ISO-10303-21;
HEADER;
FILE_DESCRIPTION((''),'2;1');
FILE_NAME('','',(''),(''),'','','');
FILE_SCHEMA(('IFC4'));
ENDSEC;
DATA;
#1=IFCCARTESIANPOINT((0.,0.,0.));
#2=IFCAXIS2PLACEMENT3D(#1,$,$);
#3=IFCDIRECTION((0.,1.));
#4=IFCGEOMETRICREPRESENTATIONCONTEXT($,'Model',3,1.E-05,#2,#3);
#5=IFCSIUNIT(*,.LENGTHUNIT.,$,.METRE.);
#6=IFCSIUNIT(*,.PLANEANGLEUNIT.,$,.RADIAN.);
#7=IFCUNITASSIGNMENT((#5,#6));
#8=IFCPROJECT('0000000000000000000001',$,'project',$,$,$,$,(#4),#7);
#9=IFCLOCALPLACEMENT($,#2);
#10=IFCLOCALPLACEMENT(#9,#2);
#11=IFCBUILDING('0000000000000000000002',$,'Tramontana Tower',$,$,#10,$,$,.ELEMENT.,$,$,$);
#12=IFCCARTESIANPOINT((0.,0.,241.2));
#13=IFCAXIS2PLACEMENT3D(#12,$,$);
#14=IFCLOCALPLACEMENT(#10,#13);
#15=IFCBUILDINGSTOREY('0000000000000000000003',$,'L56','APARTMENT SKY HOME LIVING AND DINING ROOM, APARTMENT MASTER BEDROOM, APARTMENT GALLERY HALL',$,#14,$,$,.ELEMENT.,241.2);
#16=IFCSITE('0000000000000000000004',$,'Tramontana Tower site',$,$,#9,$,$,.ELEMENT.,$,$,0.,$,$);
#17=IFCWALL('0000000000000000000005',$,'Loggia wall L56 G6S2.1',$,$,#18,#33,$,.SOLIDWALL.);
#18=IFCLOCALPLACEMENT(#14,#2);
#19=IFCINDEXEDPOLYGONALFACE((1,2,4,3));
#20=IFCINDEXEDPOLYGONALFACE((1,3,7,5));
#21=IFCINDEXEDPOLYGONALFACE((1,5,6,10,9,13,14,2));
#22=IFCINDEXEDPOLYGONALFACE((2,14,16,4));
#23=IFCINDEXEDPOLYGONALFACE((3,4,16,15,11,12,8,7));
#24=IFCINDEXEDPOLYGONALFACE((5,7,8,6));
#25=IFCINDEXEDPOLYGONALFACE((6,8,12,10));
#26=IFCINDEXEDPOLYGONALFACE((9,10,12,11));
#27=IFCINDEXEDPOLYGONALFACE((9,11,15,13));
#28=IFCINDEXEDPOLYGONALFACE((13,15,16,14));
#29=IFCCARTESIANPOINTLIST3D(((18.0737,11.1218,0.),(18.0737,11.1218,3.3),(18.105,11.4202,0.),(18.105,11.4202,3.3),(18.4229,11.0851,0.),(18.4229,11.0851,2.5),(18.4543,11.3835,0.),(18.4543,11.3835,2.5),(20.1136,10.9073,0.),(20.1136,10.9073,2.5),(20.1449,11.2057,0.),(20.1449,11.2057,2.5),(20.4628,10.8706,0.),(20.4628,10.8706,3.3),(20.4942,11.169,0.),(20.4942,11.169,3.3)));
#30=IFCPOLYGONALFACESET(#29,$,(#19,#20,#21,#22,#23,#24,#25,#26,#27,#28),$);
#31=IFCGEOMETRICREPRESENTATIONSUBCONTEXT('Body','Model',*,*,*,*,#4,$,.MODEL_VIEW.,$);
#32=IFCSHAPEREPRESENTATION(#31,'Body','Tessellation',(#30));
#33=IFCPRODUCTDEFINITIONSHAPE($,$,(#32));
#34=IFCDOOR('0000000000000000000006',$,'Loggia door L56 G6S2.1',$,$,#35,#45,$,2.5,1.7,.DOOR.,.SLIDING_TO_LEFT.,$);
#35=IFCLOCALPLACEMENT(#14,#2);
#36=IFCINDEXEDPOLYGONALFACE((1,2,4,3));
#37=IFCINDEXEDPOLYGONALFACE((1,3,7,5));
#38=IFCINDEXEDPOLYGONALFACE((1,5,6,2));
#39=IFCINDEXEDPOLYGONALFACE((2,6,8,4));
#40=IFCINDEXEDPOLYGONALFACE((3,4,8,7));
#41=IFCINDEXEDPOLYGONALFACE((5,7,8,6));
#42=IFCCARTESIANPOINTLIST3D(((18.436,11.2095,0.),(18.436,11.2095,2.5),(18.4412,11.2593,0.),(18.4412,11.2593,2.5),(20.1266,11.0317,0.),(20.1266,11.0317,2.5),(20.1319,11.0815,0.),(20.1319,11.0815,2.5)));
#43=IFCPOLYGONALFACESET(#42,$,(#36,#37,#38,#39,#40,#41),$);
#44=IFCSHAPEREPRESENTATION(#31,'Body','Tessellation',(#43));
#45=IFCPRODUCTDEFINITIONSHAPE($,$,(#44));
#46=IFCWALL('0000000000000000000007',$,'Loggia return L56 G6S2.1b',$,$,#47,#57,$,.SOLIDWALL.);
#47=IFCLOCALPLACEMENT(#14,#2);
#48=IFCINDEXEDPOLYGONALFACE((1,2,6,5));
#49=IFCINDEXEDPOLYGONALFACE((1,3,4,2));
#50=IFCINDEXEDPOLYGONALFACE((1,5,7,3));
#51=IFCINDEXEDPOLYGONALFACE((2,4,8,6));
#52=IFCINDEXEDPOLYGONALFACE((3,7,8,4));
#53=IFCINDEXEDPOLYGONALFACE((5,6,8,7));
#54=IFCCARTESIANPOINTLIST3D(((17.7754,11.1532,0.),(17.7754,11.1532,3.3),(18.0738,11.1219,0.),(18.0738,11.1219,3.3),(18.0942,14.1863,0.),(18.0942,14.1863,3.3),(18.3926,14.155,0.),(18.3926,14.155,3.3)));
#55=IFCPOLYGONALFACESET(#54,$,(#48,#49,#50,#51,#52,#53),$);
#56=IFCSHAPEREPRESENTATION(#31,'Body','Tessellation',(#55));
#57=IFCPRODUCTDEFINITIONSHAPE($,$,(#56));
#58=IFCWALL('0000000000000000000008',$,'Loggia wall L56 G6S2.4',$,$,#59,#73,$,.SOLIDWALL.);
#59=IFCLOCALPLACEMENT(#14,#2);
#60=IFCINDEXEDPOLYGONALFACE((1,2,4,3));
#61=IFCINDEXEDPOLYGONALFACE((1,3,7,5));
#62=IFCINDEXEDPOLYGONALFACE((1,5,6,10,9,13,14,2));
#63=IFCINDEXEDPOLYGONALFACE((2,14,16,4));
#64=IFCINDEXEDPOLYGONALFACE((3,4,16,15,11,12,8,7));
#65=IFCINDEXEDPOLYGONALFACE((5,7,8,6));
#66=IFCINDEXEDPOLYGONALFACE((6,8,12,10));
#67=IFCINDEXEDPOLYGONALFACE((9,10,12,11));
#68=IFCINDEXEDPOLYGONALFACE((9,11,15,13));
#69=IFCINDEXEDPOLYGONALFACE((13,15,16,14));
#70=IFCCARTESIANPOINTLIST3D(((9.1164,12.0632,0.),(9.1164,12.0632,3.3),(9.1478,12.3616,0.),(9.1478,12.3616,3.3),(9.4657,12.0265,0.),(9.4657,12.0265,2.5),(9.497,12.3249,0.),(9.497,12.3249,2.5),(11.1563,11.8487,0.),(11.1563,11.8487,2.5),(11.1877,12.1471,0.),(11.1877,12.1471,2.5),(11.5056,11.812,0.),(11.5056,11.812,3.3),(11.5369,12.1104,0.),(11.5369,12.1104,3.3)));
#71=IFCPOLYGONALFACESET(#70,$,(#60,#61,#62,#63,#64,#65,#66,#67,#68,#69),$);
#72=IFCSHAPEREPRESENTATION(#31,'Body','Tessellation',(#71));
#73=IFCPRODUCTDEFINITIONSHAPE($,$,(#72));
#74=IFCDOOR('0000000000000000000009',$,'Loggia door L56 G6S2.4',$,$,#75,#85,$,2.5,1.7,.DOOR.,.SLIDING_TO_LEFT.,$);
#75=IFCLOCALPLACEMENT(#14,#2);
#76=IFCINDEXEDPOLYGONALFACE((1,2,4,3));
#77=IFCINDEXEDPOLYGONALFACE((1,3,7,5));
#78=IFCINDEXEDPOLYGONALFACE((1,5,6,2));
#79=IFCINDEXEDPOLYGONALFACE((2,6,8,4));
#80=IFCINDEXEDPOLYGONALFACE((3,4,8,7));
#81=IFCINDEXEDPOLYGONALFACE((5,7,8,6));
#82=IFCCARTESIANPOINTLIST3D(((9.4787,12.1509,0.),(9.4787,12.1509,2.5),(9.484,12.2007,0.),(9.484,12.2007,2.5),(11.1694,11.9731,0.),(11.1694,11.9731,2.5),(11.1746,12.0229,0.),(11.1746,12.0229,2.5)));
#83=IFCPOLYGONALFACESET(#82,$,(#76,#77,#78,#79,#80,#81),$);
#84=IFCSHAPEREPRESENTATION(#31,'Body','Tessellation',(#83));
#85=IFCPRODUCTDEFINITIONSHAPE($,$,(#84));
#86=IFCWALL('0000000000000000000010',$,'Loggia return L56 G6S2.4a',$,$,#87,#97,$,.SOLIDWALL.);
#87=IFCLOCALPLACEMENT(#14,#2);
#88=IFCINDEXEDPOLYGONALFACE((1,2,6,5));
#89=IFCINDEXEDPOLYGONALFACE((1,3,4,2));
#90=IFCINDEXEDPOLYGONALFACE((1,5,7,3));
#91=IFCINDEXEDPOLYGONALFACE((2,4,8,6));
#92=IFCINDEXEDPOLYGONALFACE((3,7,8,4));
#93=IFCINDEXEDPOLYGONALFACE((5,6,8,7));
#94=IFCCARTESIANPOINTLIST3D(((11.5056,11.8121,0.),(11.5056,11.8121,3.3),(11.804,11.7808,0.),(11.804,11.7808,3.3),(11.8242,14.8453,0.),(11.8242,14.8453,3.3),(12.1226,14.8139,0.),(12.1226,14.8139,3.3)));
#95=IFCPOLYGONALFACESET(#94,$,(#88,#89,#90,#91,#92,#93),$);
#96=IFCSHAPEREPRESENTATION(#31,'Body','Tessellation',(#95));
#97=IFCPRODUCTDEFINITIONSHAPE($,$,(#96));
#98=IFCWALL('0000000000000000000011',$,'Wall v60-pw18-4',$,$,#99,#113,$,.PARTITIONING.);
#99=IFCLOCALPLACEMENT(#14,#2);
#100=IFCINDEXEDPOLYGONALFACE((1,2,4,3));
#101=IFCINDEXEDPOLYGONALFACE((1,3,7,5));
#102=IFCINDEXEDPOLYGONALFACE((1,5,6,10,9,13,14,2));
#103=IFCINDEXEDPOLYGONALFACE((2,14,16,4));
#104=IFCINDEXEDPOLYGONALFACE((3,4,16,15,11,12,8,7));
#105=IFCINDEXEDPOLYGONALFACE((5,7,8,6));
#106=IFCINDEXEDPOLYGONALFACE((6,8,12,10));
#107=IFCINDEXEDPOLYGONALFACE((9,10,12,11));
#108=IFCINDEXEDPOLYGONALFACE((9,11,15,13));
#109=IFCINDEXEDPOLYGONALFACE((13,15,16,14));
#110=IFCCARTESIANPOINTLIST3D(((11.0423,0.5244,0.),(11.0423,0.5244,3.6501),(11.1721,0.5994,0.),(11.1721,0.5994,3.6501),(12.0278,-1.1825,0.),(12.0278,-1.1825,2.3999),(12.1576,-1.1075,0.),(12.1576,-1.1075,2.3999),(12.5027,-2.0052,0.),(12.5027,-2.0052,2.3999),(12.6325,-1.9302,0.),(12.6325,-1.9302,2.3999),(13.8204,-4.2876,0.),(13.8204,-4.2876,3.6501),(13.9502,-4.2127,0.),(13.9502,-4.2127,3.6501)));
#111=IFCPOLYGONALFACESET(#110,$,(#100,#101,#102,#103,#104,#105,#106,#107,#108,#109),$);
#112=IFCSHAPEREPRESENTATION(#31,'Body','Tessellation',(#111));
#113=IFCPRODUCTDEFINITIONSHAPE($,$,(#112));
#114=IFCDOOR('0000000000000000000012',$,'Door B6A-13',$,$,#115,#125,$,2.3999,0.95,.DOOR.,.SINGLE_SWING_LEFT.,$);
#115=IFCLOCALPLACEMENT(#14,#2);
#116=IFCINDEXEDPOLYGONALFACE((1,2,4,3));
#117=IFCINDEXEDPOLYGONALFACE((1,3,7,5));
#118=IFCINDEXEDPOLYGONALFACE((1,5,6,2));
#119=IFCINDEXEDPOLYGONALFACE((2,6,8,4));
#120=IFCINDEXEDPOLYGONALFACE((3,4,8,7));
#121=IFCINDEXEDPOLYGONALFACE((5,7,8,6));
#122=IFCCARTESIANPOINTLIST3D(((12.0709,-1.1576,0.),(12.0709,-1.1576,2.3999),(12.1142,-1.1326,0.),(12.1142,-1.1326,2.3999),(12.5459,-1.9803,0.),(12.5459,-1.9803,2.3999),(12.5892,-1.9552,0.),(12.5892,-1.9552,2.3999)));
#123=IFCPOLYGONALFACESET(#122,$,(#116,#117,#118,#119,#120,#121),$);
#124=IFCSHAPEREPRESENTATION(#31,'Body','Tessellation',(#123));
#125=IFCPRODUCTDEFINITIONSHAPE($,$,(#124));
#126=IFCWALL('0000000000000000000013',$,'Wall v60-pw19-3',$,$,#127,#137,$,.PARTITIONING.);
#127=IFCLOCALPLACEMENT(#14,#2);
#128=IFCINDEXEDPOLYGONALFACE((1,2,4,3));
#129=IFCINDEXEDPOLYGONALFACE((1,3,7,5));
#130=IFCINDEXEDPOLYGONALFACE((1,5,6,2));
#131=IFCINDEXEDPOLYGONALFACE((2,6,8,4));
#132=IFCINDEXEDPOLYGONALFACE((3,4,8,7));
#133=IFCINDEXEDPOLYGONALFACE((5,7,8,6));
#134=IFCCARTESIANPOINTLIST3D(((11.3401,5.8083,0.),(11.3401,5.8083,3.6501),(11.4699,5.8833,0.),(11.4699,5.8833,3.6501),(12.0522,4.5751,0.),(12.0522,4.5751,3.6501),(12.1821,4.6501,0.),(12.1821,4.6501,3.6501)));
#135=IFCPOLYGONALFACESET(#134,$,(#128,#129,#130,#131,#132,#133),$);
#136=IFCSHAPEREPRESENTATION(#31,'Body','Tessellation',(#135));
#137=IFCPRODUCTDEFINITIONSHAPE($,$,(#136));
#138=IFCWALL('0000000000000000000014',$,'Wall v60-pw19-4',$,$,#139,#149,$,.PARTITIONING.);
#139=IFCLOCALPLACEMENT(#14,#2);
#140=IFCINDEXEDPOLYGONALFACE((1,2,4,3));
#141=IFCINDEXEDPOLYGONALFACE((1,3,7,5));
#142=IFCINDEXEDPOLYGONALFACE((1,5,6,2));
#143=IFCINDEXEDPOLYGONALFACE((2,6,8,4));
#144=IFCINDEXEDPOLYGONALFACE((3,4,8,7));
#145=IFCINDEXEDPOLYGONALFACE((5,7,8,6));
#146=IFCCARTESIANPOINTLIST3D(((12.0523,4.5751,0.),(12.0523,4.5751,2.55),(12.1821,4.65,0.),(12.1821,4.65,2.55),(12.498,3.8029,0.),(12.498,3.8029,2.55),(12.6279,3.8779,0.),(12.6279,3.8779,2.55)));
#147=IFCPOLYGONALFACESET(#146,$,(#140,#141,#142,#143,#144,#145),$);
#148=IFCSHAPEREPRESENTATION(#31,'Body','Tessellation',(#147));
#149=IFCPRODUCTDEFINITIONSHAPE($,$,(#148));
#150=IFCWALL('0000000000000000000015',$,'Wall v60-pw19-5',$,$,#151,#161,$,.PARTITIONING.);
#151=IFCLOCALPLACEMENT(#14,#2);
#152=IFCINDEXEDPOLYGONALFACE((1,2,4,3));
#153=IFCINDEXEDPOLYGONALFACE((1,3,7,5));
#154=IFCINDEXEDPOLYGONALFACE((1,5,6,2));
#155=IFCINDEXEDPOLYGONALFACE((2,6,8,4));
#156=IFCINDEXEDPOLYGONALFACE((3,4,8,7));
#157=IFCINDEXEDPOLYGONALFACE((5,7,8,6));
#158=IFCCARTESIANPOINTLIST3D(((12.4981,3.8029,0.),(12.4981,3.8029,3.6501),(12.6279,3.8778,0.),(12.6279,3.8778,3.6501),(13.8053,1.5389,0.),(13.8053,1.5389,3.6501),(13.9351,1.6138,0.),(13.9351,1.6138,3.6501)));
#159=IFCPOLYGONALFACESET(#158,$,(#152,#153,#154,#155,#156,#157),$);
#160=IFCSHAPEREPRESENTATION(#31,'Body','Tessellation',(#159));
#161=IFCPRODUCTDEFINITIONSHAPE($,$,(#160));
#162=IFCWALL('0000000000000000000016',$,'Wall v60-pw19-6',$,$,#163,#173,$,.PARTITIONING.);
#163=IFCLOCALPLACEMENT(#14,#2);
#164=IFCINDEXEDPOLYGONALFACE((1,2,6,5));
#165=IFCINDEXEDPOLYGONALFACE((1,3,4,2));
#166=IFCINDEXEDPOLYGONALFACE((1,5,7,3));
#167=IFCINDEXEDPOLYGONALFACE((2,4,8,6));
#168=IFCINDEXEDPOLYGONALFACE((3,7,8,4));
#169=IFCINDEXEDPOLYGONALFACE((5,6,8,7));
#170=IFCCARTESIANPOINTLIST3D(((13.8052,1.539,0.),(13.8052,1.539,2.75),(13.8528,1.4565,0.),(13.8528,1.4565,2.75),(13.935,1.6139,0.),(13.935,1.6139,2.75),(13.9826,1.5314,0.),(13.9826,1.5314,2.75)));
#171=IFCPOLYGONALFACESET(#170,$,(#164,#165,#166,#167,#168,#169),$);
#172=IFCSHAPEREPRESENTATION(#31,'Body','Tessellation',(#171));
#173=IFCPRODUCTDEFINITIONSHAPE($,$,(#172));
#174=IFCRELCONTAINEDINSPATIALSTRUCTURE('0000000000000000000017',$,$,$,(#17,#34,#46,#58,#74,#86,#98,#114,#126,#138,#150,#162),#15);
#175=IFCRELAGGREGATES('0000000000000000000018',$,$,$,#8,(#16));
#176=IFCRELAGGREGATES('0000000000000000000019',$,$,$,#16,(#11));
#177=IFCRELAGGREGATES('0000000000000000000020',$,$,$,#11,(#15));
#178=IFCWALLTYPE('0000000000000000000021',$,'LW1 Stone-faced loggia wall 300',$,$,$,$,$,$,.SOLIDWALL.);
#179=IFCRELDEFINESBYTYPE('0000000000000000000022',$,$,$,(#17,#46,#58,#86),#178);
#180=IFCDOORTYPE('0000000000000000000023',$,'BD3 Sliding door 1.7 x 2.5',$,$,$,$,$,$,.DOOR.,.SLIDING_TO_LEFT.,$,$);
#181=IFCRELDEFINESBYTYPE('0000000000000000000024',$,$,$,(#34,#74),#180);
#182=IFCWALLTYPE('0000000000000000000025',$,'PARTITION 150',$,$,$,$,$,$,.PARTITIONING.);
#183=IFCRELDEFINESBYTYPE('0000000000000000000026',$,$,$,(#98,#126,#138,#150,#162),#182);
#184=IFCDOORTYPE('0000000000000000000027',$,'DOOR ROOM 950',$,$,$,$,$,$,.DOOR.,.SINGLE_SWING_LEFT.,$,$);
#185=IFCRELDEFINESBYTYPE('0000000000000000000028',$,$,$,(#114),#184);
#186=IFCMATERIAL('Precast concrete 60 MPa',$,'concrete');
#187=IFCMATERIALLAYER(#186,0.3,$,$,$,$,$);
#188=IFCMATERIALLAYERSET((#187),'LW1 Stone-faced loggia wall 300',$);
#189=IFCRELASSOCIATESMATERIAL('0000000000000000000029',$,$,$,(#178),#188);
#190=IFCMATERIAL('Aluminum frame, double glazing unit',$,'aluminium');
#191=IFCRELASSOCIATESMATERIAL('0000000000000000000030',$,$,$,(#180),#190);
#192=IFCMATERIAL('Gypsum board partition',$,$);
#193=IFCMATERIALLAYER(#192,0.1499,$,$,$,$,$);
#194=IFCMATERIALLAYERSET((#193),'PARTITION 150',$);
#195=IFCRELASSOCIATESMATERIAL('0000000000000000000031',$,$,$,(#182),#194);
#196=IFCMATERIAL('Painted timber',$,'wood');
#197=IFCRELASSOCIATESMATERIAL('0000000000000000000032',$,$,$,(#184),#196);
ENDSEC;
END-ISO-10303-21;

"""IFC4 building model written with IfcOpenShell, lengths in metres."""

from ifc_helpers import new_model, si_unit, direction, frame, frame_2d, origin, place, context, subcontext, project, spatial, rectangle, extrude, material, layer, layer_set, type_object, element, fill, save


model = new_model("IFC4")

# Units and contexts
model_context = context("Model", 3, precision=1e-05, world=origin(), true_north=direction((0.0, 1.0)))
body_context = subcontext(model_context, "Body", "Model", "MODEL_VIEW")
ifc_project = project(units=[si_unit("LENGTHUNIT", "METRE"), si_unit("PLANEANGLEUNIT", "RADIAN")], contexts=[model_context])

# Site, building, storey
site_placement = place(None, origin())
site = spatial("IfcSite", under=ifc_project, at=site_placement, Name="Tramontana Tower site", CompositionType="ELEMENT", RefElevation=0.0)
building_placement = place(site_placement, origin())
building = spatial("IfcBuilding", under=site, at=building_placement, Name="Tramontana Tower", CompositionType="ELEMENT")
storey_placement = place(building_placement, frame((0.0, 0.0, 241.2)))
storey = spatial("IfcBuildingStorey", under=building, at=storey_placement, Name="L56", Description="APARTMENT SKY HOME LIVING AND DINING ROOM, APARTMENT MASTER BEDROOM, APARTMENT GALLERY HALL", CompositionType="ELEMENT", Elevation=241.2)

# Wall, opening, door
ifc_material_1 = material(Name="Precast concrete 60 MPa", Category="concrete")
ifc_layer_1 = layer(ifc_material_1, 0.3)
ifc_layer_set_1 = layer_set([ifc_layer_1], Name="LW1 Stone-faced loggia wall 300")
wall_type_1 = type_object("IfcWallType", Name="LW1 Stone-faced loggia wall 300", PredefinedType="SOLIDWALL", material=ifc_layer_set_1)
ifc_material_2 = material(Name="Aluminum frame, double glazing unit", Category="aluminium")
door_type_1 = type_object("IfcDoorType", Name="BD3 Sliding door 1.7 x 2.5", OperationType="SLIDING_TO_LEFT", PredefinedType="DOOR", material=ifc_material_2)
wall_1_placement = place(storey_placement, frame((20.4785, 11.0198, 0.0), z_axis=(0.0, 0.0, 1.0), x_axis=(-0.994517, 0.104574, 0.0)))
wall_1 = element("IfcWall", 1, at=wall_1_placement, inside=storey, type_object=wall_type_1, Name="Loggia wall L56 G6S2.1", PredefinedType="SOLIDWALL", context=body_context, shape_type="SweptSolid", body=[
    extrude(rectangle(XDim=2.4023, YDim=0.3, at=frame_2d((1.2012, 0.0))), origin(), (0.0, 0.0, 1.0), 3.3),
])
opening_1_placement = place(wall_1_placement, frame((0.3511, 0.0, 0.0)))
opening_1 = element("IfcOpeningElement", 2, at=opening_1_placement, cuts=wall_1, PredefinedType="OPENING", context=body_context, shape_type="SweptSolid", body=[
    extrude(rectangle(XDim=1.7, YDim=2.5, at=frame_2d((0.8501, 1.25))), frame((0.0, 0.1599, 0.0), z_axis=(0.0, -1.0, 0.0), x_axis=(1.0, 0.0, 0.0)), (0.0, 0.0, 1.0), 0.3201),
])
door_1_placement = place(opening_1_placement, origin())
door_1 = element("IfcDoor", 3, at=door_1_placement, inside=storey, type_object=door_type_1, Name="Loggia door L56 G6S2.1", OperationType="SLIDING_TO_LEFT", OverallHeight=2.5, OverallWidth=1.7, PredefinedType="DOOR", context=body_context, shape_type="SweptSolid", body=[
    extrude(rectangle(XDim=1.7, YDim=2.5, at=frame_2d((0.8501, 1.25))), frame((0.0, 0.0249, 0.0), z_axis=(0.0, -1.0, 0.0), x_axis=(1.0, 0.0, 0.0)), (0.0, 0.0, 1.0), 0.05),
])
fill(opening_1, door_1)

# Wall
wall_2_placement = place(storey_placement, frame((18.2434, 14.1707, 0.0), z_axis=(0.0, 0.0, 1.0), x_axis=(-0.104543, -0.99452, 0.0)))
element("IfcWall", 4, at=wall_2_placement, inside=storey, type_object=wall_type_1, Name="Loggia return L56 G6S2.1b", PredefinedType="SOLIDWALL", context=body_context, shape_type="SweptSolid", body=[
    extrude(rectangle(XDim=3.0498, YDim=0.3, at=frame_2d((1.5249, 0.0))), origin(), (0.0, 0.0, 1.0), 3.3),
])

# Wall, opening, door
wall_3_placement = place(storey_placement, frame((11.5212, 11.9612, 0.0), z_axis=(0.0, 0.0, 1.0), x_axis=(-0.994517, 0.104574, 0.0)))
wall_3 = element("IfcWall", 5, at=wall_3_placement, inside=storey, type_object=wall_type_1, Name="Loggia wall L56 G6S2.4", PredefinedType="SOLIDWALL", context=body_context, shape_type="SweptSolid", body=[
    extrude(rectangle(XDim=2.4023, YDim=0.3, at=frame_2d((1.2012, 0.0))), origin(), (0.0, 0.0, 1.0), 3.3),
])
opening_2_placement = place(wall_3_placement, frame((0.3511, 0.0, 0.0)))
opening_2 = element("IfcOpeningElement", 6, at=opening_2_placement, cuts=wall_3, PredefinedType="OPENING", context=body_context, shape_type="SweptSolid", body=[
    extrude(rectangle(XDim=1.7, YDim=2.5, at=frame_2d((0.8501, 1.25))), frame((0.0, 0.1599, 0.0), z_axis=(0.0, -1.0, 0.0), x_axis=(1.0, 0.0, 0.0)), (0.0, 0.0, 1.0), 0.3201),
])
door_2_placement = place(opening_2_placement, origin())
door_2 = element("IfcDoor", 7, at=door_2_placement, inside=storey, type_object=door_type_1, Name="Loggia door L56 G6S2.4", OperationType="SLIDING_TO_LEFT", OverallHeight=2.5, OverallWidth=1.7, PredefinedType="DOOR", context=body_context, shape_type="SweptSolid", body=[
    extrude(rectangle(XDim=1.7, YDim=2.5, at=frame_2d((0.8501, 1.25))), frame((0.0, 0.0249, 0.0), z_axis=(0.0, -1.0, 0.0), x_axis=(1.0, 0.0, 0.0)), (0.0, 0.0, 1.0), 0.05),
])
fill(opening_2, door_2)

# Wall
wall_4_placement = place(storey_placement, frame((11.9734, 14.8296, 0.0), z_axis=(0.0, 0.0, 1.0), x_axis=(-0.104464, -0.994529, 0.0)))
element("IfcWall", 8, at=wall_4_placement, inside=storey, type_object=wall_type_1, Name="Loggia return L56 G6S2.4a", PredefinedType="SOLIDWALL", context=body_context, shape_type="SweptSolid", body=[
    extrude(rectangle(XDim=3.0498, YDim=0.3, at=frame_2d((1.5249, 0.0))), origin(), (0.0, 0.0, 1.0), 3.3),
])

# Wall, opening, door
ifc_material_3 = material(Name="Gypsum board partition")
ifc_layer_2 = layer(ifc_material_3, 0.1499)
ifc_layer_set_2 = layer_set([ifc_layer_2], Name="PARTITION 150")
wall_type_2 = type_object("IfcWallType", Name="PARTITION 150", PredefinedType="PARTITIONING", material=ifc_layer_set_2)
wall_5_placement = place(storey_placement, frame((11.1072, 0.562, 0.0), z_axis=(0.0, 0.0, 1.0), x_axis=(0.499981, -0.866036, 0.0)))
wall_5 = element("IfcWall", 9, at=wall_5_placement, inside=storey, type_object=wall_type_2, Name="Wall v60-pw18-4", PredefinedType="PARTITIONING", context=body_context, shape_type="SweptSolid", body=[
    extrude(rectangle(XDim=5.5564, YDim=0.1499, at=frame_2d((2.7783, 0.0))), origin(), (0.0, 0.0, 1.0), 3.6501),
])
opening_3_placement = place(wall_5_placement, frame((1.9709, 0.0, 0.0)))
opening_3 = element("IfcOpeningElement", 10, at=opening_3_placement, cuts=wall_5, PredefinedType="OPENING", context=body_context, shape_type="SweptSolid", body=[
    extrude(rectangle(XDim=0.95, YDim=2.3999, at=frame_2d((0.4751, 1.2))), frame((0.0, 0.085, 0.0), z_axis=(0.0, -1.0, 0.0), x_axis=(1.0, 0.0, 0.0)), (0.0, 0.0, 1.0), 0.1699),
])
ifc_material_4 = material(Name="Painted timber", Category="wood")
door_type_2 = type_object("IfcDoorType", Name="DOOR ROOM 950", OperationType="SINGLE_SWING_LEFT", PredefinedType="DOOR", material=ifc_material_4)
door_3_placement = place(opening_3_placement, origin())
door_3 = element("IfcDoor", 11, at=door_3_placement, inside=storey, type_object=door_type_2, Name="Door B6A-13", OperationType="SINGLE_SWING_LEFT", OverallHeight=2.3999, OverallWidth=0.95, PredefinedType="DOOR", context=body_context, shape_type="SweptSolid", body=[
    extrude(rectangle(XDim=0.95, YDim=2.3999, at=frame_2d((0.4751, 1.2))), frame((0.0, 0.0249, 0.0), z_axis=(0.0, -1.0, 0.0), x_axis=(1.0, 0.0, 0.0)), (0.0, 0.0, 1.0), 0.05),
])
fill(opening_3, door_3)

# Walls
wall_6_placement = place(storey_placement, frame((11.405, 5.8457, 0.0), z_axis=(0.0, 0.0, 1.0), x_axis=(0.500103, -0.865966, 0.0)))
element("IfcWall", 12, at=wall_6_placement, inside=storey, type_object=wall_type_2, Name="Wall v60-pw19-3", PredefinedType="PARTITIONING", context=body_context, shape_type="SweptSolid", body=[
    extrude(rectangle(XDim=1.4241, YDim=0.1499, at=frame_2d((0.7119, 0.0))), origin(), (0.0, 0.0, 1.0), 3.6501),
])
wall_7_placement = place(storey_placement, frame((12.1172, 4.6125, 0.0), z_axis=(0.0, 0.0, 1.0), x_axis=(0.499967, -0.866044, 0.0)))
element("IfcWall", 13, at=wall_7_placement, inside=storey, type_object=wall_type_2, Name="Wall v60-pw19-4", PredefinedType="PARTITIONING", context=body_context, shape_type="SweptSolid", body=[
    extrude(rectangle(XDim=0.8916, YDim=0.1499, at=frame_2d((0.4458, 0.0))), origin(), (0.0, 0.0, 1.0), 2.55),
])
wall_8_placement = place(storey_placement, frame((12.563, 3.8403, 0.0), z_axis=(0.0, 0.0, 1.0), x_axis=(0.500016, -0.866016, 0.0)))
element("IfcWall", 14, at=wall_8_placement, inside=storey, type_object=wall_type_2, Name="Wall v60-pw19-5", PredefinedType="PARTITIONING", context=body_context, shape_type="SweptSolid", body=[
    extrude(rectangle(XDim=2.6143, YDim=0.1499, at=frame_2d((1.3071, 0.0))), origin(), (0.0, 0.0, 1.0), 3.6501),
])
wall_9_placement = place(storey_placement, frame((13.8701, 1.5764, 0.0), z_axis=(0.0, 0.0, 1.0), x_axis=(0.499722, -0.866186, 0.0)))
element("IfcWall", 15, at=wall_9_placement, inside=storey, type_object=wall_type_2, Name="Wall v60-pw19-6", PredefinedType="PARTITIONING", context=body_context, shape_type="SweptSolid", body=[
    extrude(rectangle(XDim=0.0952, YDim=0.1499, at=frame_2d((0.0476, 0.0))), origin(), (0.0, 0.0, 1.0), 2.75),
])

save(model, "model.ifc")
